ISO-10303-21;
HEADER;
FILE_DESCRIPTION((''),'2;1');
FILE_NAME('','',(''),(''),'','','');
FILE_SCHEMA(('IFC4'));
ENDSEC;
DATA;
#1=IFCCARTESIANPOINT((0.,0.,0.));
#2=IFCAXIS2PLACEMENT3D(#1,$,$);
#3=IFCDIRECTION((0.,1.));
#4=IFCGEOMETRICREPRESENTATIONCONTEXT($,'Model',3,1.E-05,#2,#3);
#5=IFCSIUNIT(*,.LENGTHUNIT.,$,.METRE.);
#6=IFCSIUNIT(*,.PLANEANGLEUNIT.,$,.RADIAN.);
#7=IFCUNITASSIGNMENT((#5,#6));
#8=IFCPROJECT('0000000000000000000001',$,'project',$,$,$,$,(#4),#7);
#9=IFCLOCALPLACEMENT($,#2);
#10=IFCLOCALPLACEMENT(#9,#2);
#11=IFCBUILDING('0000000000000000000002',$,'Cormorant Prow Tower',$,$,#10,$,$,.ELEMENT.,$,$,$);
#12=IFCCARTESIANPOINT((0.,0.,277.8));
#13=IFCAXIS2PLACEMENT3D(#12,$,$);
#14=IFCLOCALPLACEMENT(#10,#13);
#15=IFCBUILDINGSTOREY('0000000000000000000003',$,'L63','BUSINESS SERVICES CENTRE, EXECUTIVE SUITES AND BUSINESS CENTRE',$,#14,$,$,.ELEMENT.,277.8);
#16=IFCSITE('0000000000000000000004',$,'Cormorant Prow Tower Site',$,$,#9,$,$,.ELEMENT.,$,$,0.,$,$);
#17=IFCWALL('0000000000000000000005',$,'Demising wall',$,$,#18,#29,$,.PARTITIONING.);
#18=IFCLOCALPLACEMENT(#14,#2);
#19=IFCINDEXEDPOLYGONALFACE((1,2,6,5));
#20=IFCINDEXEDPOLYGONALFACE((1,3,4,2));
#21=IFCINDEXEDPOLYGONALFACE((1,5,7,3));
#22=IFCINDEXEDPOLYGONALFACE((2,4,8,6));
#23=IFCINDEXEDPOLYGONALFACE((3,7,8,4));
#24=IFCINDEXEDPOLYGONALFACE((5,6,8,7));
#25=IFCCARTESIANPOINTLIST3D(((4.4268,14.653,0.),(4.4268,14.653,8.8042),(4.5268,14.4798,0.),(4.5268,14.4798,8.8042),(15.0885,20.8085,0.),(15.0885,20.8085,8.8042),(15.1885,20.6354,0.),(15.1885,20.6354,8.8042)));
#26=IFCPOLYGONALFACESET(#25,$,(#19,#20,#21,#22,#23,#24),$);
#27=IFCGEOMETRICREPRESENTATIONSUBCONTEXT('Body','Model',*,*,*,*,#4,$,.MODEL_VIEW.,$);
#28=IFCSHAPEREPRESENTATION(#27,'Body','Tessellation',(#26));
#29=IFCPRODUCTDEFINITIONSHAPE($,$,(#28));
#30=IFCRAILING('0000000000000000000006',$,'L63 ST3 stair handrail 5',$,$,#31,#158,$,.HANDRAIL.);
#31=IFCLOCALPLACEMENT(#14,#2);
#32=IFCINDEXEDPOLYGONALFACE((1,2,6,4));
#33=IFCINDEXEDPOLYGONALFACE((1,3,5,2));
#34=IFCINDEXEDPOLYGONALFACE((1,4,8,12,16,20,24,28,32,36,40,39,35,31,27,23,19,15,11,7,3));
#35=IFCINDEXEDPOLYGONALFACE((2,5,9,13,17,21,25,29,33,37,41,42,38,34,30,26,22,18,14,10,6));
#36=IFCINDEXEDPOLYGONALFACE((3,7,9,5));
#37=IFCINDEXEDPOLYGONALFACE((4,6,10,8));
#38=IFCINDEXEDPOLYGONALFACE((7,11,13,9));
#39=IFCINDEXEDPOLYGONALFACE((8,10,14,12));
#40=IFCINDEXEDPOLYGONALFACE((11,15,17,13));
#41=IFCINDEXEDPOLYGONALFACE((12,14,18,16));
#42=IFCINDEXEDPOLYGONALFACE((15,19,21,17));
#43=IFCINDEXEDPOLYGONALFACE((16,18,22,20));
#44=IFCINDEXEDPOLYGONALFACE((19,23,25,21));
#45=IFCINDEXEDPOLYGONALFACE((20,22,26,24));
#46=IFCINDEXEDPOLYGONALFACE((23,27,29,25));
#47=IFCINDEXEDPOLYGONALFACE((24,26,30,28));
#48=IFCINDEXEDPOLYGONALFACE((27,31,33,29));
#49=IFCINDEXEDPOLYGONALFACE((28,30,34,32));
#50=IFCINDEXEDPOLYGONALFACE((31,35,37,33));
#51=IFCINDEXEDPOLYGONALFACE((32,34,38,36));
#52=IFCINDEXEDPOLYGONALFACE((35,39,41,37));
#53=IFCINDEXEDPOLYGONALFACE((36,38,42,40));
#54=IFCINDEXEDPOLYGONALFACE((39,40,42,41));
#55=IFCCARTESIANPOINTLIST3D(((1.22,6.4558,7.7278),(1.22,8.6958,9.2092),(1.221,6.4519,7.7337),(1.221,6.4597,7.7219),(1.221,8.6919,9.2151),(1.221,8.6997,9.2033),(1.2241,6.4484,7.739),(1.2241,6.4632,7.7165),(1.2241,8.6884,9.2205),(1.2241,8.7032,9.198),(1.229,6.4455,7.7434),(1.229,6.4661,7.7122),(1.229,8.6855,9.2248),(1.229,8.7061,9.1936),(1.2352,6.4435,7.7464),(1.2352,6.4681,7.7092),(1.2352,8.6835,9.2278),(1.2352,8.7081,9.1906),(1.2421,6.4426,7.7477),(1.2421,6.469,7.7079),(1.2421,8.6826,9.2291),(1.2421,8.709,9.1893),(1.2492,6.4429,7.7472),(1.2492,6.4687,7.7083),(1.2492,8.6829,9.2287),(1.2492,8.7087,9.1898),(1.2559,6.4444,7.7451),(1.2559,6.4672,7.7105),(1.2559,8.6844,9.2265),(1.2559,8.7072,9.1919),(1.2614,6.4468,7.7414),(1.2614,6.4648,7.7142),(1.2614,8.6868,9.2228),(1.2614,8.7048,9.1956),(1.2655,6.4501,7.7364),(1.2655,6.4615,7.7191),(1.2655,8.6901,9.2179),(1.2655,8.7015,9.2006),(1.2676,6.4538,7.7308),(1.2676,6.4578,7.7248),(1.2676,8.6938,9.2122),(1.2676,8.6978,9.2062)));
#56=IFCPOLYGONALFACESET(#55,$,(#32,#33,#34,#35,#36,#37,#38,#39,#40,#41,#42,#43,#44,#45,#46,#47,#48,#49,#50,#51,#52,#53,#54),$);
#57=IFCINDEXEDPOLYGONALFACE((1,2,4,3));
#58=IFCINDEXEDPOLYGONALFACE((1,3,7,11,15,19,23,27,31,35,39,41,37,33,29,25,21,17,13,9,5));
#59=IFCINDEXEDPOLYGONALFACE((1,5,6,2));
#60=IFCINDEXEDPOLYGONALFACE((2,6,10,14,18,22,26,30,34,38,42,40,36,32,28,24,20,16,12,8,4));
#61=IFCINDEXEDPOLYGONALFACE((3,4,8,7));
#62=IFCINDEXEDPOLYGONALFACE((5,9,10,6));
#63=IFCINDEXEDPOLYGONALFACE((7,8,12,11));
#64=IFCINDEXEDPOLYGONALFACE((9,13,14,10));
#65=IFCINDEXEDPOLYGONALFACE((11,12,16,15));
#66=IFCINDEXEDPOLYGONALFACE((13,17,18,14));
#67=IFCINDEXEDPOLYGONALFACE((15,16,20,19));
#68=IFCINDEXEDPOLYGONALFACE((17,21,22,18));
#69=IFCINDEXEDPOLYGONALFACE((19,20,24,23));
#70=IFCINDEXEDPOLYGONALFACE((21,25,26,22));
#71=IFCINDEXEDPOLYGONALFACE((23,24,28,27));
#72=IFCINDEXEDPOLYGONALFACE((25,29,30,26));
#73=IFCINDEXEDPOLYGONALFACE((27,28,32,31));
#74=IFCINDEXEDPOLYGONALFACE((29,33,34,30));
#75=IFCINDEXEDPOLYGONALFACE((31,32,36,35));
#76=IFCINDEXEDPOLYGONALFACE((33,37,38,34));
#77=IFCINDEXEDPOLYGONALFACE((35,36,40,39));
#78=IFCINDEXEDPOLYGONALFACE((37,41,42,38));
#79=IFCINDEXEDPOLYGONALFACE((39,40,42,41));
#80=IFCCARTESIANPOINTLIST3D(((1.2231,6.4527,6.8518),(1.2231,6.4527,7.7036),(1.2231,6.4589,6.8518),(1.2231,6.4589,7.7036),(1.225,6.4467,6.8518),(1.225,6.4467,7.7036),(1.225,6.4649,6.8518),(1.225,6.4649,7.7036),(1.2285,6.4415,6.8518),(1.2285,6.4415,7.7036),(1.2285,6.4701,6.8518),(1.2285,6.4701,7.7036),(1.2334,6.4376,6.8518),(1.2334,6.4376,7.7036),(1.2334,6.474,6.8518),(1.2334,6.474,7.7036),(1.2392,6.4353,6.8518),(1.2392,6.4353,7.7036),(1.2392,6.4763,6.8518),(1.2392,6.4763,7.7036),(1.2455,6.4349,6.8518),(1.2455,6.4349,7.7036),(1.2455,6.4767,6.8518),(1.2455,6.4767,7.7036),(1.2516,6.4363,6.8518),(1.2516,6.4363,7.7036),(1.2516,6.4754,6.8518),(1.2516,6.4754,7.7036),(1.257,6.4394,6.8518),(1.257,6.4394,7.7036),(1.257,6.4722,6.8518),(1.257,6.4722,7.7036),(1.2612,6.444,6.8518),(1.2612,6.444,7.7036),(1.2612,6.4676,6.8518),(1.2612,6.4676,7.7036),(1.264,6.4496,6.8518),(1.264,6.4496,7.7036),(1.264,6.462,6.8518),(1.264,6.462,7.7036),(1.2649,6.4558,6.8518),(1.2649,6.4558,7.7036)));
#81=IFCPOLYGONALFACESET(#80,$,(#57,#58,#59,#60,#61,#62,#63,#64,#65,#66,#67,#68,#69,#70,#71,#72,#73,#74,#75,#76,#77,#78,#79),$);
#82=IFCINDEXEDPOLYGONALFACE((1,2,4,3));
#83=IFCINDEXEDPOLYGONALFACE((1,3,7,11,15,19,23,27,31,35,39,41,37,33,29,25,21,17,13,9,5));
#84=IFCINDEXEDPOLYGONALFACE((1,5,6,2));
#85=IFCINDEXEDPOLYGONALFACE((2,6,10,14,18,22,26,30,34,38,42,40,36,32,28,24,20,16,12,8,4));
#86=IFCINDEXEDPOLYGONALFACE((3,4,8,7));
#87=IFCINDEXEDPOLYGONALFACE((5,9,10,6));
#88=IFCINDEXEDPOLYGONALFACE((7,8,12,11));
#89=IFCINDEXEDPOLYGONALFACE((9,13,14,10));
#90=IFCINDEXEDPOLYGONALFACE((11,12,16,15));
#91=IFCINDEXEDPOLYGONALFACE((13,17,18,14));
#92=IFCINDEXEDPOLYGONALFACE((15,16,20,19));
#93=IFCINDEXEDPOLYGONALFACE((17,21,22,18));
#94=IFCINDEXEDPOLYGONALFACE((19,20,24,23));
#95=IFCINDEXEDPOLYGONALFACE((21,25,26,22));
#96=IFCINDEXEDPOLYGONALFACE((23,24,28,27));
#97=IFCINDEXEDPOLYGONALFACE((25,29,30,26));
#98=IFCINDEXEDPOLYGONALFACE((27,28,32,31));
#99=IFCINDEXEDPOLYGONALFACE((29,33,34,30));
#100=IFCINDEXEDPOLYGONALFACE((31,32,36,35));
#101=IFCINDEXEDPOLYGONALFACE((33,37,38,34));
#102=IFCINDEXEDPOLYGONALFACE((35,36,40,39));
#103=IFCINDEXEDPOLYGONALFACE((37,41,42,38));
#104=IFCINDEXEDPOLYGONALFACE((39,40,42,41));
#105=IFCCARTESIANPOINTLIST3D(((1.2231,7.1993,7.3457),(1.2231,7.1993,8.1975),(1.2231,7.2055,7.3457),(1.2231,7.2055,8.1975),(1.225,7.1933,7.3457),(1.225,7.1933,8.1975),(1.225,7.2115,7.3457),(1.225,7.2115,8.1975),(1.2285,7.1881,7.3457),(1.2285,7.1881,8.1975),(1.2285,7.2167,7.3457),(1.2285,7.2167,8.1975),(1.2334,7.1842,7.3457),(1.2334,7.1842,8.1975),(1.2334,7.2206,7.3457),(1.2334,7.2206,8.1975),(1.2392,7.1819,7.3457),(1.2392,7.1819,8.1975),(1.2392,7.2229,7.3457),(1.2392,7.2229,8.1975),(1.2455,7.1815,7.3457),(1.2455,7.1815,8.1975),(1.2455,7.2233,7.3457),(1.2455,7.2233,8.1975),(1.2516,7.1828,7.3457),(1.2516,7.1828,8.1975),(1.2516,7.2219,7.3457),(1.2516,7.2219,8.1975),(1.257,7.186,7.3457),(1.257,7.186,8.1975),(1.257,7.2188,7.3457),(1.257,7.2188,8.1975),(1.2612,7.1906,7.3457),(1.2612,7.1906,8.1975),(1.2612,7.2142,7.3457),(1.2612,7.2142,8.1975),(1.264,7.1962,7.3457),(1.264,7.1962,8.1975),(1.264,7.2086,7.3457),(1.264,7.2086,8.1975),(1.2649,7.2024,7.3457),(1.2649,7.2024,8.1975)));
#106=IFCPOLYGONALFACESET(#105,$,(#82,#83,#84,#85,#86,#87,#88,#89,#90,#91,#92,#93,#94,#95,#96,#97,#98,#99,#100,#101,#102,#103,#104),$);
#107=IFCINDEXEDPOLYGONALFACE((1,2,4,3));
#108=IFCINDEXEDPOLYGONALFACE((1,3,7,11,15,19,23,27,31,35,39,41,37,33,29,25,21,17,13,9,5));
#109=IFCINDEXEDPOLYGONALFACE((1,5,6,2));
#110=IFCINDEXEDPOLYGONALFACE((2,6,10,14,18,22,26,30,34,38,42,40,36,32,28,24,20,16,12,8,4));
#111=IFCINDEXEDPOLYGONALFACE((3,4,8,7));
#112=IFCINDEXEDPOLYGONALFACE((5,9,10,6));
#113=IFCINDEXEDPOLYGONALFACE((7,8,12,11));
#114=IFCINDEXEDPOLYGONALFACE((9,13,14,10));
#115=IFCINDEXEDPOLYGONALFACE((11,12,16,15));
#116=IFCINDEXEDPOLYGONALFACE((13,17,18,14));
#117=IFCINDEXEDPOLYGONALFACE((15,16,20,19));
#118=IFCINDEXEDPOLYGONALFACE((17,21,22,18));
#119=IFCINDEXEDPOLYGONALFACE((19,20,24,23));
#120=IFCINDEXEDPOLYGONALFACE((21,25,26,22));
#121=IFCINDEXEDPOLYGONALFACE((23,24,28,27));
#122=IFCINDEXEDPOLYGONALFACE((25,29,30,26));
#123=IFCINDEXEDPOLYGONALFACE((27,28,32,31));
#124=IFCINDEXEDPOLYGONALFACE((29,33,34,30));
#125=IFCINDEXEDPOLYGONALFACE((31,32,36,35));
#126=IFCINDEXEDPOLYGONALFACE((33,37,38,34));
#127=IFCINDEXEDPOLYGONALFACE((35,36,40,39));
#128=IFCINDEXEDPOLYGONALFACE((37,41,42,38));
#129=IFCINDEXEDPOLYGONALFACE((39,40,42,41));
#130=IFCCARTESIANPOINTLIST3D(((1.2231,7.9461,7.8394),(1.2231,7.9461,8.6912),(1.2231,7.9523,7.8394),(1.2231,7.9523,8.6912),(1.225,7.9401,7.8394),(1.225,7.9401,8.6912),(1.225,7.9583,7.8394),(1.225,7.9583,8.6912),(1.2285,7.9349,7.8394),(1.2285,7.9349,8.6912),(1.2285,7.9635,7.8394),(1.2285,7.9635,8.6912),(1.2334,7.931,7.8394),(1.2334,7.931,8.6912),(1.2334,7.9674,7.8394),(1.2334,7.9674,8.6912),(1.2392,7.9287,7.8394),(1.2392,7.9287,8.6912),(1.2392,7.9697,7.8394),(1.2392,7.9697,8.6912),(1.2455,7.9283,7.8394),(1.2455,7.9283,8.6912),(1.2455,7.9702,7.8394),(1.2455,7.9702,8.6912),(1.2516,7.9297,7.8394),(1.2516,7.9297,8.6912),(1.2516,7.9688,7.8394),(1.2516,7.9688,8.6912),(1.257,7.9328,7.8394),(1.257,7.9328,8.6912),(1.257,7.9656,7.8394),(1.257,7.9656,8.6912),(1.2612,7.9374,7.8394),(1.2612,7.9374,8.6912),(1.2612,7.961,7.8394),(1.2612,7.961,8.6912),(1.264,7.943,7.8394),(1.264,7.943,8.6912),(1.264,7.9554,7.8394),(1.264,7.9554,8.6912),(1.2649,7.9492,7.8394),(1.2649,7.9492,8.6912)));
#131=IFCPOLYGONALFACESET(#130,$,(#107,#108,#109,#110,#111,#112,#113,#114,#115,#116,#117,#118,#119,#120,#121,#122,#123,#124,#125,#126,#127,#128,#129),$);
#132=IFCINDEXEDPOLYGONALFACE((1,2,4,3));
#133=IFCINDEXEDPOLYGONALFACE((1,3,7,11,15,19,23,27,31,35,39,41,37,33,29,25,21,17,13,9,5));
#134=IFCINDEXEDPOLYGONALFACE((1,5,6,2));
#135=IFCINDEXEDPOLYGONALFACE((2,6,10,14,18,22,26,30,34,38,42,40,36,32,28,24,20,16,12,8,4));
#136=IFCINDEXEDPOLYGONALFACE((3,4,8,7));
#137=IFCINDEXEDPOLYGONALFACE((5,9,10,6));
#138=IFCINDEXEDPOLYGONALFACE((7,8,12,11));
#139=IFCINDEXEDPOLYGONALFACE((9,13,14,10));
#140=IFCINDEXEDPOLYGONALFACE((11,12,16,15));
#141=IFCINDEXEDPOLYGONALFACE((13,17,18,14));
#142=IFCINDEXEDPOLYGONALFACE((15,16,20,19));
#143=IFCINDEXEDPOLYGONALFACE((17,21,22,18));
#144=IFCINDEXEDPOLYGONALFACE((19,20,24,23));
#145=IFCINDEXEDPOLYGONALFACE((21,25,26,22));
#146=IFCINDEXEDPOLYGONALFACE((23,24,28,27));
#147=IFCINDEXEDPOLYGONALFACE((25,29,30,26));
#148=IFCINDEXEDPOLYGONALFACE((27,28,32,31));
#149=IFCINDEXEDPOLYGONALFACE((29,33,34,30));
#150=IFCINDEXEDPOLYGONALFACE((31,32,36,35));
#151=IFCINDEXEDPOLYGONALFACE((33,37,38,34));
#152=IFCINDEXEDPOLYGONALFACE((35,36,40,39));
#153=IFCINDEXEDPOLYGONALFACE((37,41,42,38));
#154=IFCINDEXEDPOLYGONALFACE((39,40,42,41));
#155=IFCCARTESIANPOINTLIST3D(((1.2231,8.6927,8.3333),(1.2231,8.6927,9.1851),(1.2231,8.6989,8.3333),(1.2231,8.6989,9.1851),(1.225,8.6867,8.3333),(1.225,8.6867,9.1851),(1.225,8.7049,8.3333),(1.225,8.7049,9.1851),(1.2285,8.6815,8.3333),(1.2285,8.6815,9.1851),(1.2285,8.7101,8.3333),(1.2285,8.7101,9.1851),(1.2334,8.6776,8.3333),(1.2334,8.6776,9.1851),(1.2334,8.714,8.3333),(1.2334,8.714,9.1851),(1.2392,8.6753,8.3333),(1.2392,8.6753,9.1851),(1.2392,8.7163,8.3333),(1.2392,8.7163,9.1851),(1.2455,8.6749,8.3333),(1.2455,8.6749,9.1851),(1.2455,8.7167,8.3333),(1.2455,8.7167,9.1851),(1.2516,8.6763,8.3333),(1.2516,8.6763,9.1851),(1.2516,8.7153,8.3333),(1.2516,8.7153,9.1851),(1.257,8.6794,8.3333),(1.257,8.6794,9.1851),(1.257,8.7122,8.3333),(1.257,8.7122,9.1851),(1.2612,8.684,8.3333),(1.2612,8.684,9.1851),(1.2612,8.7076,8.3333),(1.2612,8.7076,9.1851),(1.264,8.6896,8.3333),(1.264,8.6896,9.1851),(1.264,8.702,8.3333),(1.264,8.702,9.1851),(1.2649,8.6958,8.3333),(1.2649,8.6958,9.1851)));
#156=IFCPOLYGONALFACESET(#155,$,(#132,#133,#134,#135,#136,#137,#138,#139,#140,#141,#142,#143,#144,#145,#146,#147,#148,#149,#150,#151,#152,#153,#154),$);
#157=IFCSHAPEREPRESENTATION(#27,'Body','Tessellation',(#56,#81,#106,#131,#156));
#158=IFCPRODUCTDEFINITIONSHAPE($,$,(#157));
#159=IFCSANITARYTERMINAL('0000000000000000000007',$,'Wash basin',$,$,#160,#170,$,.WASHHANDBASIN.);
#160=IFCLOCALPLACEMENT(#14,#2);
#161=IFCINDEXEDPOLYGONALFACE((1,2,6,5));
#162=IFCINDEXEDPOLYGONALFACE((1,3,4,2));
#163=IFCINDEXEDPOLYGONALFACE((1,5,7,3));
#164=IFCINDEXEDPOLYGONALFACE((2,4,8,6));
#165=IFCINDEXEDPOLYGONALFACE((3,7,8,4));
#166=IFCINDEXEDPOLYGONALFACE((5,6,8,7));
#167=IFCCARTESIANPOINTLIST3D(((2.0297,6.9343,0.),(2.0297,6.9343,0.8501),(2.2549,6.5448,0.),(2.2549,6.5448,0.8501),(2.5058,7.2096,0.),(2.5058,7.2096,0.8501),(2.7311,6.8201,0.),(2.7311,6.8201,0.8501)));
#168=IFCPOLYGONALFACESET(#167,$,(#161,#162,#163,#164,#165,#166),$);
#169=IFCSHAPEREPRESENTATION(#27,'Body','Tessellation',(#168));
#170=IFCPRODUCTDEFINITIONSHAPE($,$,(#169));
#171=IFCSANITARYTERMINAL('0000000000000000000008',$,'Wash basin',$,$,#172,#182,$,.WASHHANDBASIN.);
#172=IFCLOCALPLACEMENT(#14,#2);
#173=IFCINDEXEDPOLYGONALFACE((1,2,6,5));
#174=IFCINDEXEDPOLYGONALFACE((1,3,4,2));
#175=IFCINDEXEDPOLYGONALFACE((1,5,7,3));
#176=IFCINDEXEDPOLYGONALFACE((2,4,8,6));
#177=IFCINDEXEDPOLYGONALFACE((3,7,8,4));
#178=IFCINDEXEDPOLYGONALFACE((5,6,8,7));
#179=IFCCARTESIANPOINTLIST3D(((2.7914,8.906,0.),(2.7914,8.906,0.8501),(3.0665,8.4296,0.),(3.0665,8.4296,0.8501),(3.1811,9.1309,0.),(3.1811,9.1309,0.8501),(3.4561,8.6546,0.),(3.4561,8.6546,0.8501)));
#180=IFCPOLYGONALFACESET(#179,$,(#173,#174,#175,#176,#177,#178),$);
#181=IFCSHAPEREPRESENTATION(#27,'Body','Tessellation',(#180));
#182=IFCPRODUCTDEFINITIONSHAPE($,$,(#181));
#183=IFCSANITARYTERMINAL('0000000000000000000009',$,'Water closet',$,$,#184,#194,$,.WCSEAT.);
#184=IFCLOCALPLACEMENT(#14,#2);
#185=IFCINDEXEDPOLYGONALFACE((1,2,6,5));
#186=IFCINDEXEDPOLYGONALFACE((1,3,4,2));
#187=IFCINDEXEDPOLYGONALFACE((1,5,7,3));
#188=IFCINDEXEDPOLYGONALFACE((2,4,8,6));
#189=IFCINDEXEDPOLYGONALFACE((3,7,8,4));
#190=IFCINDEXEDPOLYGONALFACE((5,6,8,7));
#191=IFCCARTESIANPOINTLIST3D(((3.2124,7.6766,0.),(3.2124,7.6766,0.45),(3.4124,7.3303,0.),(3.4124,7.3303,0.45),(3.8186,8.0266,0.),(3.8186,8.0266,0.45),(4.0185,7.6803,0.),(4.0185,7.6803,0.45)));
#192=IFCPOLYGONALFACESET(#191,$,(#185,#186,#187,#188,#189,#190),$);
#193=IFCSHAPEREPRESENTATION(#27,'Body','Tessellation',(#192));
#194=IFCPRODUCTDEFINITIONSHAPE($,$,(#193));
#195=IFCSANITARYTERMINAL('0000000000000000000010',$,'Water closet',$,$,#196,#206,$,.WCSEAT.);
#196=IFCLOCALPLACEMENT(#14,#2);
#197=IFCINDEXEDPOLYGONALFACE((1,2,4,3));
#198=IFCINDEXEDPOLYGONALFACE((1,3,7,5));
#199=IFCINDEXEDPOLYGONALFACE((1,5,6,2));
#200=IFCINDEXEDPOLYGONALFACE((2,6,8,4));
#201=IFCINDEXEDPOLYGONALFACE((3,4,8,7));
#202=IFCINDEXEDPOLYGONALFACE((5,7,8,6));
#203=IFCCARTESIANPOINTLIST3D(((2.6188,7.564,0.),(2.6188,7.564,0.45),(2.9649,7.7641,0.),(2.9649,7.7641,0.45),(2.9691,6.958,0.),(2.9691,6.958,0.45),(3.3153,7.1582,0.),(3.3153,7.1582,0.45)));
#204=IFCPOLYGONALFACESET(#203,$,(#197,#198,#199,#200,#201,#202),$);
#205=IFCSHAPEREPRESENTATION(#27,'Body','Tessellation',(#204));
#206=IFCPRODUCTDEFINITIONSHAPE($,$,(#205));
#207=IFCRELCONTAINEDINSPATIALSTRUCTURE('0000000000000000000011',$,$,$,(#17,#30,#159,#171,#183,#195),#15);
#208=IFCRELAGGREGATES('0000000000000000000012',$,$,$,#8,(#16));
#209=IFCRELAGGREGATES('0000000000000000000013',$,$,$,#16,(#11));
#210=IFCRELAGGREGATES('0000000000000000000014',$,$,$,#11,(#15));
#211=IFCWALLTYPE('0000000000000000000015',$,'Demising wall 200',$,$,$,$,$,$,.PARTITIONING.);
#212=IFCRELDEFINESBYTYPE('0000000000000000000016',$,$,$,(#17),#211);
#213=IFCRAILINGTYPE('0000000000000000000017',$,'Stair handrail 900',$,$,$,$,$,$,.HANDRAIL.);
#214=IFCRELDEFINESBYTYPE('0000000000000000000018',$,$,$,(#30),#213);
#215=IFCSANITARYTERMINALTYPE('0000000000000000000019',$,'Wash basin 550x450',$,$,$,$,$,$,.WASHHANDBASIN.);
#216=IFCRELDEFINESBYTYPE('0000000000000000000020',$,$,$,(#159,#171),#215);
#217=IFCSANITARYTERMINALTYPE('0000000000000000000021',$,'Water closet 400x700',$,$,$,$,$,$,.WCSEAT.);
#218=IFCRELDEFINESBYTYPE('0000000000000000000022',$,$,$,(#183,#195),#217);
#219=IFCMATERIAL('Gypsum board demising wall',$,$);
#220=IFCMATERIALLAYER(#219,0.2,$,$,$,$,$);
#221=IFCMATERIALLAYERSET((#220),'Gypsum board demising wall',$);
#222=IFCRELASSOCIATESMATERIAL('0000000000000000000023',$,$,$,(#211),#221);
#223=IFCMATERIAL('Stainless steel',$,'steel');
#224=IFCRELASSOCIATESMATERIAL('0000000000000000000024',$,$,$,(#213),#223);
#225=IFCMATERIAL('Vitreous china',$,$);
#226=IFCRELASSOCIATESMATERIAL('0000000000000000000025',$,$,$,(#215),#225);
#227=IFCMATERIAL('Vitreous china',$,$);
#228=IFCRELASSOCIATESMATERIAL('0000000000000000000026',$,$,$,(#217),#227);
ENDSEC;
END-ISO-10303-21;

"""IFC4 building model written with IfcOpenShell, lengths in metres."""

from ifc_helpers import new_model, si_unit, direction, frame, frame_2d, origin, origin_2d, place, context, subcontext, project, spatial, rectangle, circle, extrude, material, layer, layer_set, type_object, element, save


model = new_model("IFC4")

# Units and contexts
model_context = context("Model", 3, precision=1e-05, world=origin(), true_north=direction((0.0, 1.0)))
body_context = subcontext(model_context, "Body", "Model", "MODEL_VIEW")
ifc_project = project(units=[si_unit("LENGTHUNIT", "METRE"), si_unit("PLANEANGLEUNIT", "RADIAN")], contexts=[model_context])

# Site, building, storey
site_placement = place(None, origin())
site = spatial("IfcSite", under=ifc_project, at=site_placement, Name="Cormorant Prow Tower Site", CompositionType="ELEMENT", RefElevation=0.0)
building_placement = place(site_placement, origin())
building = spatial("IfcBuilding", under=site, at=building_placement, Name="Cormorant Prow Tower", CompositionType="ELEMENT")
storey_placement = place(building_placement, frame((0.0, 0.0, 277.8)))
storey = spatial("IfcBuildingStorey", under=building, at=storey_placement, Name="L63", Description="BUSINESS SERVICES CENTRE, EXECUTIVE SUITES AND BUSINESS CENTRE", CompositionType="ELEMENT", Elevation=277.8)

# Wall
ifc_material_1 = material(Name="Gypsum board demising wall")
ifc_layer_1 = layer(ifc_material_1, 0.2)
ifc_layer_set_1 = layer_set([ifc_layer_1], Name="Gypsum board demising wall")
wall_type_1 = type_object("IfcWallType", Name="Demising wall 200", PredefinedType="PARTITIONING", material=ifc_layer_set_1)
wall_1_placement = place(storey_placement, frame((4.4768, 14.5664, 0.0), z_axis=(0.0, 0.0, 1.0), x_axis=(0.866024, 0.500002, 0.0)))
element("IfcWall", 1, at=wall_1_placement, inside=storey, type_object=wall_type_1, Name="Demising wall", PredefinedType="PARTITIONING", context=body_context, shape_type="SweptSolid", body=[
    extrude(rectangle(XDim=12.311, YDim=0.2, at=frame_2d((6.1555, 0.0))), origin(), (0.0, 0.0, 1.0), 8.8042),
])

# Railing
ifc_material_2 = material(Name="Stainless steel", Category="steel")
railing_type = type_object("IfcRailingType", Name="Stair handrail 900", PredefinedType="HANDRAIL", material=ifc_material_2)
railing_placement = place(storey_placement, frame((1.2439, 6.4558, 6.8518)))
element("IfcRailing", 2, at=railing_placement, inside=storey, type_object=railing_type, Name="L63 ST3 stair handrail 5", PredefinedType="HANDRAIL", context=body_context, shape_type="SweptSolid", body=[
    extrude(circle(Radius=0.0239, at=origin_2d()), frame((0.0, 0.0, 0.876), z_axis=(0.0, 0.834087, 0.551634), x_axis=(-1.0, 0.0, 0.0)), (0.0, 0.0, 1.0), 2.6855),
    extrude(circle(Radius=0.021, at=origin_2d()), origin(), (0.0, 0.0, 1.0), 0.8518),
    extrude(circle(Radius=0.021, at=origin_2d()), frame((0.0, 0.7466, 0.4939)), (0.0, 0.0, 1.0), 0.8518),
    extrude(circle(Radius=0.021, at=origin_2d()), frame((0.0, 1.4934, 0.9875)), (0.0, 0.0, 1.0), 0.8518),
    extrude(circle(Radius=0.021, at=origin_2d()), frame((0.0, 2.24, 1.4814)), (0.0, 0.0, 1.0), 0.8518),
])

# Sanitary terminals
ifc_material_3 = material(Name="Vitreous china")
sanitary_terminal_type_1 = type_object("IfcSanitaryTerminalType", Name="Wash basin 550x450", PredefinedType="WASHHANDBASIN", material=ifc_material_3)
for number, where, z_axis, x_axis, name in (
    (3, (2.3804, 6.8772, 0.0), (0.0, 0.0, 1.0), (0.865694, 0.500574, 0.0), "Wash basin"),
    (4, (3.1238, 8.7803, 0.0), (0.0, 0.0, 1.0), (-0.5, 0.866025, 0.0), "Wash basin"),
):
    element("IfcSanitaryTerminal", number, at=place(storey_placement, frame(where, z_axis=z_axis, x_axis=x_axis)), inside=storey, type_object=sanitary_terminal_type_1, Name=name, PredefinedType="WASHHANDBASIN", context=body_context, shape_type="SweptSolid", body=[
        extrude(rectangle(XDim=0.55, YDim=0.45, at=origin_2d()), origin(), (0.0, 0.0, 1.0), 0.8501),
    ])
ifc_material_4 = material(Name="Vitreous china")
sanitary_terminal_type_2 = type_object("IfcSanitaryTerminalType", Name="Water closet 400x700", PredefinedType="WCSEAT", material=ifc_material_4)
for number, where, z_axis, x_axis, name in (
    (5, (3.6155, 7.6785, 0.0), (0.0, 0.0, 1.0), (-0.5, 0.866025, 0.0), "Water closet"),
    (6, (2.967, 7.3611, 0.0), (0.0, 0.0, 1.0), (0.865694, 0.500574, 0.0), "Water closet"),
):
    element("IfcSanitaryTerminal", number, at=place(storey_placement, frame(where, z_axis=z_axis, x_axis=x_axis)), inside=storey, type_object=sanitary_terminal_type_2, Name=name, PredefinedType="WCSEAT", context=body_context, shape_type="SweptSolid", body=[
        extrude(rectangle(XDim=0.3999, YDim=0.7, at=origin_2d()), origin(), (0.0, 0.0, 1.0), 0.45),
    ])

save(model, "model.ifc")
